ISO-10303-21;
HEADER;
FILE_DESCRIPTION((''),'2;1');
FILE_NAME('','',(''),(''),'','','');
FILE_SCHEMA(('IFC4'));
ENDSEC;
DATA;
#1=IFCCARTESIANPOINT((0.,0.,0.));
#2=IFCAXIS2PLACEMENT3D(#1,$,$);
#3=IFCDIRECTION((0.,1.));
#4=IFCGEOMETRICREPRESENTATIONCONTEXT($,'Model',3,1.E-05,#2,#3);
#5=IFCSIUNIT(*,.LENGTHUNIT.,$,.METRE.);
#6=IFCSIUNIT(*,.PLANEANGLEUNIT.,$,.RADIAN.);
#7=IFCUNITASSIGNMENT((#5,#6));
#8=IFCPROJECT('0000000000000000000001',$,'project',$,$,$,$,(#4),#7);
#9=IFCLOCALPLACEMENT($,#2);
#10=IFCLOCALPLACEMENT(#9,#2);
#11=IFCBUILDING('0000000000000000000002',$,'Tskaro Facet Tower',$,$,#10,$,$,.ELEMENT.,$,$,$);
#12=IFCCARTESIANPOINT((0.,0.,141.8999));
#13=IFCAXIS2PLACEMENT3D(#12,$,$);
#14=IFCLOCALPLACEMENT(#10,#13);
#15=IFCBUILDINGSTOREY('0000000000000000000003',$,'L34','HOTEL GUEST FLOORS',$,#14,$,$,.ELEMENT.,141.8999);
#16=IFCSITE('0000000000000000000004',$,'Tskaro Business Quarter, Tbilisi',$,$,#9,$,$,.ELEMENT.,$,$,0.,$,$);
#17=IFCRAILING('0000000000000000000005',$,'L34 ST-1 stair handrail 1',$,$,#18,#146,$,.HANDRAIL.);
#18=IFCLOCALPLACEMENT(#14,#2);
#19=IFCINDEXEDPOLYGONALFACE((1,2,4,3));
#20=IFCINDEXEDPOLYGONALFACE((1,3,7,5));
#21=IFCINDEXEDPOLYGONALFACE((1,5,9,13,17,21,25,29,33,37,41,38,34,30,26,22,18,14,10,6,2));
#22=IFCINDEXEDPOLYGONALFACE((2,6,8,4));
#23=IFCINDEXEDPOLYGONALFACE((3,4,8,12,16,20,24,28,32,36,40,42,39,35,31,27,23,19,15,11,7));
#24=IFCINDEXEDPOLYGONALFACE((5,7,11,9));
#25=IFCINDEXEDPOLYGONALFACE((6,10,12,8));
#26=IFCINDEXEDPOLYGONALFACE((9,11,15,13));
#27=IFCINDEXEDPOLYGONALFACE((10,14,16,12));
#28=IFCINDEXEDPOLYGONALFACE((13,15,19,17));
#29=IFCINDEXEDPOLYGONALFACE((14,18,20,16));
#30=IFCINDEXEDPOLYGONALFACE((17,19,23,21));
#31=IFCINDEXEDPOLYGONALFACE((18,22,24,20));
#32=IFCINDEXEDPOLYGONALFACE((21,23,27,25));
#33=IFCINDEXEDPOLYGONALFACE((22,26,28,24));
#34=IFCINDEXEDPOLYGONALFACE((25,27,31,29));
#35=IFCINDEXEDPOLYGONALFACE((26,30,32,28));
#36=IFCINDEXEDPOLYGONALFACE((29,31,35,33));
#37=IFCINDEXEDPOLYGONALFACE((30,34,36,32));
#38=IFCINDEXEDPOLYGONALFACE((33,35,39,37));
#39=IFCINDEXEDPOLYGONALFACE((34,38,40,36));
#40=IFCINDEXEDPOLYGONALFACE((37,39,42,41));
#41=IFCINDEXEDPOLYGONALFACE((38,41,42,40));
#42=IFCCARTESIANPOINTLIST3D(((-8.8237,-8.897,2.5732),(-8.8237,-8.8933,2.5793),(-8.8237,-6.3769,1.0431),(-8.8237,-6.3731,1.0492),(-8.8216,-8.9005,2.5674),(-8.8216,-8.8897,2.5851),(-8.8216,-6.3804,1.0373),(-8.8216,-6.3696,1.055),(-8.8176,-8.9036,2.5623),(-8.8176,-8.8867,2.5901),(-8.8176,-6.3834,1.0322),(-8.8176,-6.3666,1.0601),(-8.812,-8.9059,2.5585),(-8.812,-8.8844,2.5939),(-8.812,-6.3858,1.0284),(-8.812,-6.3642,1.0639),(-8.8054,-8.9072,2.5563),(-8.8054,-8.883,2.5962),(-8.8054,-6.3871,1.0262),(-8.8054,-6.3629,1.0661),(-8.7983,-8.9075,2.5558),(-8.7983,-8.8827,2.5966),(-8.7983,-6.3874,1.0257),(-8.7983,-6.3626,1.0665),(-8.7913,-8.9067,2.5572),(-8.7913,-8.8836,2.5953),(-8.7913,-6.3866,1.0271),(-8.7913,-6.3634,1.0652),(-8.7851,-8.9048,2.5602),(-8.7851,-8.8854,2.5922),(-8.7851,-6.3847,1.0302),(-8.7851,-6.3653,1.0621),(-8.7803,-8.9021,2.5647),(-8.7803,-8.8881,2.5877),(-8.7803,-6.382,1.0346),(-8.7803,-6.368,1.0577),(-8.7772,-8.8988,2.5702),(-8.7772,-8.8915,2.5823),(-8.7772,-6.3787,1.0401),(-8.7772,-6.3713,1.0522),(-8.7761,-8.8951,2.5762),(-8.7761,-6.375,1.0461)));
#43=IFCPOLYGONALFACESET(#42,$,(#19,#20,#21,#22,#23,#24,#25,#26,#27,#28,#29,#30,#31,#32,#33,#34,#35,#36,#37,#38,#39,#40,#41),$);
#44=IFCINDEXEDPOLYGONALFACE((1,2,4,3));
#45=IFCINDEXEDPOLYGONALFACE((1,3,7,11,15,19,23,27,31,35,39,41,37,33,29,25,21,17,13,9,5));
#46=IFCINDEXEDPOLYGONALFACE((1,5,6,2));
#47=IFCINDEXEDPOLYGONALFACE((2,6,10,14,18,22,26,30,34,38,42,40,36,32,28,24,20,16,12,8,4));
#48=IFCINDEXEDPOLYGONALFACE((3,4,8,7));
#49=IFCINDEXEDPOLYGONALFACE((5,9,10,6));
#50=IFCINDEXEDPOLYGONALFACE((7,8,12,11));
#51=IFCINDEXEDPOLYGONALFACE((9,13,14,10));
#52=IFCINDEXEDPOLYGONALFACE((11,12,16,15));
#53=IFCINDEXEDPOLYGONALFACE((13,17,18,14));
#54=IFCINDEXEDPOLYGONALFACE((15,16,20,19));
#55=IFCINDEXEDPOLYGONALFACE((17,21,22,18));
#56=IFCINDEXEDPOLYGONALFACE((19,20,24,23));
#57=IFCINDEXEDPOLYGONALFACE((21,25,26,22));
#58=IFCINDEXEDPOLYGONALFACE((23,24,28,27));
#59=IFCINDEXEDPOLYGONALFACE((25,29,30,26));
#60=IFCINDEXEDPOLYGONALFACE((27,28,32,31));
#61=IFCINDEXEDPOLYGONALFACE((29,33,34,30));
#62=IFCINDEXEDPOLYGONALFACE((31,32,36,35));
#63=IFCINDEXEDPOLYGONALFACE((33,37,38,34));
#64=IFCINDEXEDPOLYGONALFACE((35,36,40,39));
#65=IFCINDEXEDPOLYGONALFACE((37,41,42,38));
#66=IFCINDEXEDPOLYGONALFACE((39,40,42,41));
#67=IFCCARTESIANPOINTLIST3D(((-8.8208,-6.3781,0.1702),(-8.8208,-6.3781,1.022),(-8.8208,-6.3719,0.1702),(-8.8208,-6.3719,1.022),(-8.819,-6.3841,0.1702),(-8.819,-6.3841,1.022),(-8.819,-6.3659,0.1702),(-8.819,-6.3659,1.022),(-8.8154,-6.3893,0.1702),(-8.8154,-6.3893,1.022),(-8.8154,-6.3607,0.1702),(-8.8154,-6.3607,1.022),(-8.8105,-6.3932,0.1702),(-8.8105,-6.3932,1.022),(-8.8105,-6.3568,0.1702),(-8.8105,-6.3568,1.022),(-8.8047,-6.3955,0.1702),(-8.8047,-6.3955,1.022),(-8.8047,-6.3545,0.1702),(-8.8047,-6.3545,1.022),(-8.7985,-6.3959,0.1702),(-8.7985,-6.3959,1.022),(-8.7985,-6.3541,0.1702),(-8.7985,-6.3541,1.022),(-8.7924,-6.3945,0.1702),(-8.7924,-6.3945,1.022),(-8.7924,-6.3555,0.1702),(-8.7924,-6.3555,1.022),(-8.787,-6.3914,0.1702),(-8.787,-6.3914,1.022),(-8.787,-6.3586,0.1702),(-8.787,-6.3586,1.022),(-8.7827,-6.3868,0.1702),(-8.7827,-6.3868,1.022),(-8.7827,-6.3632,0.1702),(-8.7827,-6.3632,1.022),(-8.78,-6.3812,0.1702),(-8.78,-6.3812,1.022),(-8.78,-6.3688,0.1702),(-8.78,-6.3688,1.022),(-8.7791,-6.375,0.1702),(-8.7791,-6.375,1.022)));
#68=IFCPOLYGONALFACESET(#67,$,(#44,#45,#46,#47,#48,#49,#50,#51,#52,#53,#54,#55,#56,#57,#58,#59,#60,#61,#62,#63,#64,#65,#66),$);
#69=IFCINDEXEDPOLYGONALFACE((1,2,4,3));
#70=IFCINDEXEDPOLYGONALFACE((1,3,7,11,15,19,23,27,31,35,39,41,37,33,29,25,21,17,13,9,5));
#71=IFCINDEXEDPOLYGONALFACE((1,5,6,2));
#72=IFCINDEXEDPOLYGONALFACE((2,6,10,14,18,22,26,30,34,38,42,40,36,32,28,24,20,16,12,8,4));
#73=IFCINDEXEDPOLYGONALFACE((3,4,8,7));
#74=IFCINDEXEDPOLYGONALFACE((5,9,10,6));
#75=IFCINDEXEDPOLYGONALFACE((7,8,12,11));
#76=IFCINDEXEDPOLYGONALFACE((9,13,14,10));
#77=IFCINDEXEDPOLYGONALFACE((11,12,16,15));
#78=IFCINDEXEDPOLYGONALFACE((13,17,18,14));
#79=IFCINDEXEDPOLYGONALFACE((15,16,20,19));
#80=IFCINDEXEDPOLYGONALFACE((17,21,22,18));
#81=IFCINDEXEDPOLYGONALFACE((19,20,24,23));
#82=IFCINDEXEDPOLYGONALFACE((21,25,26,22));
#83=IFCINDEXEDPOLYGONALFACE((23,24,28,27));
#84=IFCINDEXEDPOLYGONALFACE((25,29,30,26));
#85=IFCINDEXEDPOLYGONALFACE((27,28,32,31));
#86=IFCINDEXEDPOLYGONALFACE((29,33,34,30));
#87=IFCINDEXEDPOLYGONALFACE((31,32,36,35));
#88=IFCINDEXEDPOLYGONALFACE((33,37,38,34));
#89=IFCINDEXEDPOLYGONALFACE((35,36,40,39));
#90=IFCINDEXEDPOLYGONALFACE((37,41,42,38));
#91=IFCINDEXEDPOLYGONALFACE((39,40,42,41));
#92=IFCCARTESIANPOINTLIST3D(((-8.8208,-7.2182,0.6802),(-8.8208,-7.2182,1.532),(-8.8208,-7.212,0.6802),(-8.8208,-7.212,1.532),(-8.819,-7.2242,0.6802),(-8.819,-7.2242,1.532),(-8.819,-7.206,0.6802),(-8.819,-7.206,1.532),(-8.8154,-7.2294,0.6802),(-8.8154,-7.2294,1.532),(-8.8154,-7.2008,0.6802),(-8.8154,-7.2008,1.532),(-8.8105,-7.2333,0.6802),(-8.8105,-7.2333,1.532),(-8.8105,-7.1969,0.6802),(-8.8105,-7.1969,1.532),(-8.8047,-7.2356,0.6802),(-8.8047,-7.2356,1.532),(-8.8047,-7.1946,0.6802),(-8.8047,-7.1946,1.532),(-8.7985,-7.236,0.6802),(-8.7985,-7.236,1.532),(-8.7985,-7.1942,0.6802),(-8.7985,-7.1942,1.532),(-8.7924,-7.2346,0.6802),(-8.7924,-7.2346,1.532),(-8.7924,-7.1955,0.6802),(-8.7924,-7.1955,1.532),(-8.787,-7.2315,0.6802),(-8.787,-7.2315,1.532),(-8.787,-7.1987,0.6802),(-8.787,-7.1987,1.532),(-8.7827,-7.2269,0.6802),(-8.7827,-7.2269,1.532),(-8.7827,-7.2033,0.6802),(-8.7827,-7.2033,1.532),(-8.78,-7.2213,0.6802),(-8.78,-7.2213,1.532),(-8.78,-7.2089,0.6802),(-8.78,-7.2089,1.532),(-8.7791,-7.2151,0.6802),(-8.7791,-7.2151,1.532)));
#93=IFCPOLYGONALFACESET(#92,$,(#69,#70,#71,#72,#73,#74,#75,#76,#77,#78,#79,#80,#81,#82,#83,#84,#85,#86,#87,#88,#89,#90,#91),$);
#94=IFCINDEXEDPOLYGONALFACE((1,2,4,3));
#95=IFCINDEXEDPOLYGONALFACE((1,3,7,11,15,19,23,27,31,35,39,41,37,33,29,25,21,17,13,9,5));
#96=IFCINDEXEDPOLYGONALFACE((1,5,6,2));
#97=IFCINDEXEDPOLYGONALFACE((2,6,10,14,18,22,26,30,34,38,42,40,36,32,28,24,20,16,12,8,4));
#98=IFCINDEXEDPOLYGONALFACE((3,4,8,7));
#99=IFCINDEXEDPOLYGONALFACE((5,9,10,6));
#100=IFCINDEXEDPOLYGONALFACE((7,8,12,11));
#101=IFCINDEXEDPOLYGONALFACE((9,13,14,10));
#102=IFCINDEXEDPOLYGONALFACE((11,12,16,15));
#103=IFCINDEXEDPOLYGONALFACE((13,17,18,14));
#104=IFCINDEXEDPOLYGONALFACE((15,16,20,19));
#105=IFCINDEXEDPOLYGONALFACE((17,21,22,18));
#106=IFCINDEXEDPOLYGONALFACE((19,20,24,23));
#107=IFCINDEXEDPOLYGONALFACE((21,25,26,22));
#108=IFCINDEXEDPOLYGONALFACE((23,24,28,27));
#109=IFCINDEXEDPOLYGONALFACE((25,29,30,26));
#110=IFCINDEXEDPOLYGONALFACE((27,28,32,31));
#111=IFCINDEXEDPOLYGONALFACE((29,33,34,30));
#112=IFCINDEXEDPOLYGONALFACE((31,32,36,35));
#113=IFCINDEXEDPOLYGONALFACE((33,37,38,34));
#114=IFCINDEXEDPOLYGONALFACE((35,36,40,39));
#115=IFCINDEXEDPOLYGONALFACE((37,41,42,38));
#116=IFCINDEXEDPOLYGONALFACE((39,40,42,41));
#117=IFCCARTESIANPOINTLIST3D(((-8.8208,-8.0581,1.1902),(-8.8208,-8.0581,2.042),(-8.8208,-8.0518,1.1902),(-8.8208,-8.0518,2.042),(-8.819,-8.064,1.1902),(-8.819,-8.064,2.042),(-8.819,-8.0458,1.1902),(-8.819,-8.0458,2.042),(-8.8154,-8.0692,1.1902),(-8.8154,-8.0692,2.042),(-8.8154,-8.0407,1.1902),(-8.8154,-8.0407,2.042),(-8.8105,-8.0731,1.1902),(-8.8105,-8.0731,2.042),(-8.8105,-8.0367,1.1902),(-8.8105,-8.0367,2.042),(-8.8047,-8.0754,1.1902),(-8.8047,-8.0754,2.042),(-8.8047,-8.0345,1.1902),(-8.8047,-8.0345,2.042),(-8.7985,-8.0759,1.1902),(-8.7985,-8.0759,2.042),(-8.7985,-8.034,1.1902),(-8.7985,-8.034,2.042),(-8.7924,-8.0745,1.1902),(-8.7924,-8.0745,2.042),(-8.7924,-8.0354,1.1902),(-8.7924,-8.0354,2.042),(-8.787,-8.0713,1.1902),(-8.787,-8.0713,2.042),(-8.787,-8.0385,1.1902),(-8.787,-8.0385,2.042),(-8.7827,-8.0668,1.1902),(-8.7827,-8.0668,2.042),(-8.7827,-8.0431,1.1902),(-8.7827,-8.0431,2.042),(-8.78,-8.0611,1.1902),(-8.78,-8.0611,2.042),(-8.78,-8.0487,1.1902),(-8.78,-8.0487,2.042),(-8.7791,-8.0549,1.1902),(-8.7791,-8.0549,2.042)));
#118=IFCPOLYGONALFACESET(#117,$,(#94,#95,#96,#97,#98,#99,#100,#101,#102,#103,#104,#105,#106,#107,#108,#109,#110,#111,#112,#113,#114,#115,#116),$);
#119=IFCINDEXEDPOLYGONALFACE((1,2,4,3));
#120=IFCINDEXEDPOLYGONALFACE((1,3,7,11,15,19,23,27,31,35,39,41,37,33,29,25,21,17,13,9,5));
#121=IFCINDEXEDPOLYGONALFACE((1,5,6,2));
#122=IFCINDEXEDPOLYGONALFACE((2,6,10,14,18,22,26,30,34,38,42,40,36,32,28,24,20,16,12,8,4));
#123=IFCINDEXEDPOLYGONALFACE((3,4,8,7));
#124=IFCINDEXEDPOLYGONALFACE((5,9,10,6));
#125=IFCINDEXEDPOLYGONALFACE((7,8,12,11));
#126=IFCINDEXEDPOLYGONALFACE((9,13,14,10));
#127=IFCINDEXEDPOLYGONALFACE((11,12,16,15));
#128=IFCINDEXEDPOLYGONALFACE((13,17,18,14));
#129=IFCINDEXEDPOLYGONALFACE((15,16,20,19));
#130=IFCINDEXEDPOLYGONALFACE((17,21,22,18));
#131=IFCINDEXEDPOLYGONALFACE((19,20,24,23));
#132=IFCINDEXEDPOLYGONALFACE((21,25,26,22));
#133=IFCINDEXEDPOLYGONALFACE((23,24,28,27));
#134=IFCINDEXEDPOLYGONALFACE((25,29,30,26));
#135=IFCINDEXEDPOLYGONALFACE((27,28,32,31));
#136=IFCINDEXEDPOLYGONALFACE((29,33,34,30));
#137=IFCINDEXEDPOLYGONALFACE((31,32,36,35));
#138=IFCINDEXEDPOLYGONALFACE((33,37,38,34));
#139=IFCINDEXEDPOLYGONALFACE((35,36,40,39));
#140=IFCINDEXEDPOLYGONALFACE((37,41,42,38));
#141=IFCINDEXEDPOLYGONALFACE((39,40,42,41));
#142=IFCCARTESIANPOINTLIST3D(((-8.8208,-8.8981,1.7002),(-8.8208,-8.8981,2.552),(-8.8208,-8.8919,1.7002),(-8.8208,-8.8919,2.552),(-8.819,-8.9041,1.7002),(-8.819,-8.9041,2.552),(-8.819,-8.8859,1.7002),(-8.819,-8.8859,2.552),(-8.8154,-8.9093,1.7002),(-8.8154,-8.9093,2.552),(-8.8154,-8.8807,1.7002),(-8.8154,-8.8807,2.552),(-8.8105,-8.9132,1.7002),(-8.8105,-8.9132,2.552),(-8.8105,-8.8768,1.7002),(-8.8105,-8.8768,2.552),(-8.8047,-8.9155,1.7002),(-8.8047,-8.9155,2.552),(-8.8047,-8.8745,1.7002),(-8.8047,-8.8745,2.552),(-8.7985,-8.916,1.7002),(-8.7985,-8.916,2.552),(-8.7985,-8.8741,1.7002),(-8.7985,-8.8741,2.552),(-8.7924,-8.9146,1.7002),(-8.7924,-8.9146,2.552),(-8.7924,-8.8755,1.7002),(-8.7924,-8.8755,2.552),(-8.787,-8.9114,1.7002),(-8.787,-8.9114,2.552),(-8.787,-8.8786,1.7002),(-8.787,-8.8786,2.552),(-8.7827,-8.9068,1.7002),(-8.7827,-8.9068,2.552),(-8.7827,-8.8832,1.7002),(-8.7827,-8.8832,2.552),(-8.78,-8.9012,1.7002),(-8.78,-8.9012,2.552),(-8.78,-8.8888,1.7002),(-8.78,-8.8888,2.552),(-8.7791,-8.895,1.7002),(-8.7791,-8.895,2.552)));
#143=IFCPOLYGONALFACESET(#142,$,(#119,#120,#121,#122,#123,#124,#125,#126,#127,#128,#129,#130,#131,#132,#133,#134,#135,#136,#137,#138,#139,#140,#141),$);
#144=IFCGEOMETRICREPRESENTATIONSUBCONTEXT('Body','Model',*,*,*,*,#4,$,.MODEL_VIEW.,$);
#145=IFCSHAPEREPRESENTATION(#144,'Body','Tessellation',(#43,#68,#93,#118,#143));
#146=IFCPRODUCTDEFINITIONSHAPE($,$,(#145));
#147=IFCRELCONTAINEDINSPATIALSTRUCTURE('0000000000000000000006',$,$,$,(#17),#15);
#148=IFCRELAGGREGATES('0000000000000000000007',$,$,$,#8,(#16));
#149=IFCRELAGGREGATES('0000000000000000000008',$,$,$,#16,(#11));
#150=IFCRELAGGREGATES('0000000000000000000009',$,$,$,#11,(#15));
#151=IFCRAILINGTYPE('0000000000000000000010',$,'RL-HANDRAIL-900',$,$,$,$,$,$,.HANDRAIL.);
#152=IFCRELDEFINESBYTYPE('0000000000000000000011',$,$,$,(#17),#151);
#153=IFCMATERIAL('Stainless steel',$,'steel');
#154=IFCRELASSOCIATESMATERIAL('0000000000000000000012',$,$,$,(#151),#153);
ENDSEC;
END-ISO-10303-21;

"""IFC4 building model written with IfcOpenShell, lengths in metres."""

from ifc_helpers import new_model, si_unit, direction, frame, origin, origin_2d, place, context, subcontext, project, spatial, circle, extrude, material, type_object, element, save


model = new_model("IFC4")

# Units and contexts
model_context = context("Model", 3, precision=1e-05, world=origin(), true_north=direction((0.0, 1.0)))
body_context = subcontext(model_context, "Body", "Model", "MODEL_VIEW")
ifc_project = project(units=[si_unit("LENGTHUNIT", "METRE"), si_unit("PLANEANGLEUNIT", "RADIAN")], contexts=[model_context])

# Site, building, storey
site_placement = place(None, origin())
site = spatial("IfcSite", under=ifc_project, at=site_placement, Name="Tskaro Business Quarter, Tbilisi", CompositionType="ELEMENT", RefElevation=0.0)
building_placement = place(site_placement, origin())
building = spatial("IfcBuilding", under=site, at=building_placement, Name="Tskaro Facet Tower", CompositionType="ELEMENT")
storey_placement = place(building_placement, frame((0.0, 0.0, 141.8999)))
storey = spatial("IfcBuildingStorey", under=building, at=storey_placement, Name="L34", Description="HOTEL GUEST FLOORS", CompositionType="ELEMENT", Elevation=141.8999)

# Shared definitions
ifc_material_1 = material(Name="Stainless steel", Category="steel")

# Railing
railing_type_1 = type_object("IfcRailingType", Name="RL-HANDRAIL-900", PredefinedType="HANDRAIL", material=ifc_material_1)
railing_1_placement = place(storey_placement, frame((-8.8, -6.375, 0.1702)))
element("IfcRailing", 1, at=railing_1_placement, inside=storey, type_object=railing_type_1, Name="L34 ST-1 stair handrail 1", PredefinedType="HANDRAIL", context=body_context, shape_type="SweptSolid", body=[
    extrude(circle(Radius=0.0239, at=origin_2d()), frame((0.0, 0.0, 0.876), z_axis=(0.0, -0.854785, 0.518982), x_axis=(1.0, 0.0, 0.0)), (0.0, 0.0, 1.0), 2.9482),
    extrude(circle(Radius=0.021, at=origin_2d()), origin(), (0.0, 0.0, 1.0), 0.8518),
    extrude(circle(Radius=0.021, at=origin_2d()), frame((0.0, -0.8401, 0.51)), (0.0, 0.0, 1.0), 0.8518),
    extrude(circle(Radius=0.021, at=origin_2d()), frame((0.0, -1.6799, 1.02)), (0.0, 0.0, 1.0), 0.8518),
    extrude(circle(Radius=0.021, at=origin_2d()), frame((0.0, -2.52, 1.53)), (0.0, 0.0, 1.0), 0.8518),
])

save(model, "model.ifc")
